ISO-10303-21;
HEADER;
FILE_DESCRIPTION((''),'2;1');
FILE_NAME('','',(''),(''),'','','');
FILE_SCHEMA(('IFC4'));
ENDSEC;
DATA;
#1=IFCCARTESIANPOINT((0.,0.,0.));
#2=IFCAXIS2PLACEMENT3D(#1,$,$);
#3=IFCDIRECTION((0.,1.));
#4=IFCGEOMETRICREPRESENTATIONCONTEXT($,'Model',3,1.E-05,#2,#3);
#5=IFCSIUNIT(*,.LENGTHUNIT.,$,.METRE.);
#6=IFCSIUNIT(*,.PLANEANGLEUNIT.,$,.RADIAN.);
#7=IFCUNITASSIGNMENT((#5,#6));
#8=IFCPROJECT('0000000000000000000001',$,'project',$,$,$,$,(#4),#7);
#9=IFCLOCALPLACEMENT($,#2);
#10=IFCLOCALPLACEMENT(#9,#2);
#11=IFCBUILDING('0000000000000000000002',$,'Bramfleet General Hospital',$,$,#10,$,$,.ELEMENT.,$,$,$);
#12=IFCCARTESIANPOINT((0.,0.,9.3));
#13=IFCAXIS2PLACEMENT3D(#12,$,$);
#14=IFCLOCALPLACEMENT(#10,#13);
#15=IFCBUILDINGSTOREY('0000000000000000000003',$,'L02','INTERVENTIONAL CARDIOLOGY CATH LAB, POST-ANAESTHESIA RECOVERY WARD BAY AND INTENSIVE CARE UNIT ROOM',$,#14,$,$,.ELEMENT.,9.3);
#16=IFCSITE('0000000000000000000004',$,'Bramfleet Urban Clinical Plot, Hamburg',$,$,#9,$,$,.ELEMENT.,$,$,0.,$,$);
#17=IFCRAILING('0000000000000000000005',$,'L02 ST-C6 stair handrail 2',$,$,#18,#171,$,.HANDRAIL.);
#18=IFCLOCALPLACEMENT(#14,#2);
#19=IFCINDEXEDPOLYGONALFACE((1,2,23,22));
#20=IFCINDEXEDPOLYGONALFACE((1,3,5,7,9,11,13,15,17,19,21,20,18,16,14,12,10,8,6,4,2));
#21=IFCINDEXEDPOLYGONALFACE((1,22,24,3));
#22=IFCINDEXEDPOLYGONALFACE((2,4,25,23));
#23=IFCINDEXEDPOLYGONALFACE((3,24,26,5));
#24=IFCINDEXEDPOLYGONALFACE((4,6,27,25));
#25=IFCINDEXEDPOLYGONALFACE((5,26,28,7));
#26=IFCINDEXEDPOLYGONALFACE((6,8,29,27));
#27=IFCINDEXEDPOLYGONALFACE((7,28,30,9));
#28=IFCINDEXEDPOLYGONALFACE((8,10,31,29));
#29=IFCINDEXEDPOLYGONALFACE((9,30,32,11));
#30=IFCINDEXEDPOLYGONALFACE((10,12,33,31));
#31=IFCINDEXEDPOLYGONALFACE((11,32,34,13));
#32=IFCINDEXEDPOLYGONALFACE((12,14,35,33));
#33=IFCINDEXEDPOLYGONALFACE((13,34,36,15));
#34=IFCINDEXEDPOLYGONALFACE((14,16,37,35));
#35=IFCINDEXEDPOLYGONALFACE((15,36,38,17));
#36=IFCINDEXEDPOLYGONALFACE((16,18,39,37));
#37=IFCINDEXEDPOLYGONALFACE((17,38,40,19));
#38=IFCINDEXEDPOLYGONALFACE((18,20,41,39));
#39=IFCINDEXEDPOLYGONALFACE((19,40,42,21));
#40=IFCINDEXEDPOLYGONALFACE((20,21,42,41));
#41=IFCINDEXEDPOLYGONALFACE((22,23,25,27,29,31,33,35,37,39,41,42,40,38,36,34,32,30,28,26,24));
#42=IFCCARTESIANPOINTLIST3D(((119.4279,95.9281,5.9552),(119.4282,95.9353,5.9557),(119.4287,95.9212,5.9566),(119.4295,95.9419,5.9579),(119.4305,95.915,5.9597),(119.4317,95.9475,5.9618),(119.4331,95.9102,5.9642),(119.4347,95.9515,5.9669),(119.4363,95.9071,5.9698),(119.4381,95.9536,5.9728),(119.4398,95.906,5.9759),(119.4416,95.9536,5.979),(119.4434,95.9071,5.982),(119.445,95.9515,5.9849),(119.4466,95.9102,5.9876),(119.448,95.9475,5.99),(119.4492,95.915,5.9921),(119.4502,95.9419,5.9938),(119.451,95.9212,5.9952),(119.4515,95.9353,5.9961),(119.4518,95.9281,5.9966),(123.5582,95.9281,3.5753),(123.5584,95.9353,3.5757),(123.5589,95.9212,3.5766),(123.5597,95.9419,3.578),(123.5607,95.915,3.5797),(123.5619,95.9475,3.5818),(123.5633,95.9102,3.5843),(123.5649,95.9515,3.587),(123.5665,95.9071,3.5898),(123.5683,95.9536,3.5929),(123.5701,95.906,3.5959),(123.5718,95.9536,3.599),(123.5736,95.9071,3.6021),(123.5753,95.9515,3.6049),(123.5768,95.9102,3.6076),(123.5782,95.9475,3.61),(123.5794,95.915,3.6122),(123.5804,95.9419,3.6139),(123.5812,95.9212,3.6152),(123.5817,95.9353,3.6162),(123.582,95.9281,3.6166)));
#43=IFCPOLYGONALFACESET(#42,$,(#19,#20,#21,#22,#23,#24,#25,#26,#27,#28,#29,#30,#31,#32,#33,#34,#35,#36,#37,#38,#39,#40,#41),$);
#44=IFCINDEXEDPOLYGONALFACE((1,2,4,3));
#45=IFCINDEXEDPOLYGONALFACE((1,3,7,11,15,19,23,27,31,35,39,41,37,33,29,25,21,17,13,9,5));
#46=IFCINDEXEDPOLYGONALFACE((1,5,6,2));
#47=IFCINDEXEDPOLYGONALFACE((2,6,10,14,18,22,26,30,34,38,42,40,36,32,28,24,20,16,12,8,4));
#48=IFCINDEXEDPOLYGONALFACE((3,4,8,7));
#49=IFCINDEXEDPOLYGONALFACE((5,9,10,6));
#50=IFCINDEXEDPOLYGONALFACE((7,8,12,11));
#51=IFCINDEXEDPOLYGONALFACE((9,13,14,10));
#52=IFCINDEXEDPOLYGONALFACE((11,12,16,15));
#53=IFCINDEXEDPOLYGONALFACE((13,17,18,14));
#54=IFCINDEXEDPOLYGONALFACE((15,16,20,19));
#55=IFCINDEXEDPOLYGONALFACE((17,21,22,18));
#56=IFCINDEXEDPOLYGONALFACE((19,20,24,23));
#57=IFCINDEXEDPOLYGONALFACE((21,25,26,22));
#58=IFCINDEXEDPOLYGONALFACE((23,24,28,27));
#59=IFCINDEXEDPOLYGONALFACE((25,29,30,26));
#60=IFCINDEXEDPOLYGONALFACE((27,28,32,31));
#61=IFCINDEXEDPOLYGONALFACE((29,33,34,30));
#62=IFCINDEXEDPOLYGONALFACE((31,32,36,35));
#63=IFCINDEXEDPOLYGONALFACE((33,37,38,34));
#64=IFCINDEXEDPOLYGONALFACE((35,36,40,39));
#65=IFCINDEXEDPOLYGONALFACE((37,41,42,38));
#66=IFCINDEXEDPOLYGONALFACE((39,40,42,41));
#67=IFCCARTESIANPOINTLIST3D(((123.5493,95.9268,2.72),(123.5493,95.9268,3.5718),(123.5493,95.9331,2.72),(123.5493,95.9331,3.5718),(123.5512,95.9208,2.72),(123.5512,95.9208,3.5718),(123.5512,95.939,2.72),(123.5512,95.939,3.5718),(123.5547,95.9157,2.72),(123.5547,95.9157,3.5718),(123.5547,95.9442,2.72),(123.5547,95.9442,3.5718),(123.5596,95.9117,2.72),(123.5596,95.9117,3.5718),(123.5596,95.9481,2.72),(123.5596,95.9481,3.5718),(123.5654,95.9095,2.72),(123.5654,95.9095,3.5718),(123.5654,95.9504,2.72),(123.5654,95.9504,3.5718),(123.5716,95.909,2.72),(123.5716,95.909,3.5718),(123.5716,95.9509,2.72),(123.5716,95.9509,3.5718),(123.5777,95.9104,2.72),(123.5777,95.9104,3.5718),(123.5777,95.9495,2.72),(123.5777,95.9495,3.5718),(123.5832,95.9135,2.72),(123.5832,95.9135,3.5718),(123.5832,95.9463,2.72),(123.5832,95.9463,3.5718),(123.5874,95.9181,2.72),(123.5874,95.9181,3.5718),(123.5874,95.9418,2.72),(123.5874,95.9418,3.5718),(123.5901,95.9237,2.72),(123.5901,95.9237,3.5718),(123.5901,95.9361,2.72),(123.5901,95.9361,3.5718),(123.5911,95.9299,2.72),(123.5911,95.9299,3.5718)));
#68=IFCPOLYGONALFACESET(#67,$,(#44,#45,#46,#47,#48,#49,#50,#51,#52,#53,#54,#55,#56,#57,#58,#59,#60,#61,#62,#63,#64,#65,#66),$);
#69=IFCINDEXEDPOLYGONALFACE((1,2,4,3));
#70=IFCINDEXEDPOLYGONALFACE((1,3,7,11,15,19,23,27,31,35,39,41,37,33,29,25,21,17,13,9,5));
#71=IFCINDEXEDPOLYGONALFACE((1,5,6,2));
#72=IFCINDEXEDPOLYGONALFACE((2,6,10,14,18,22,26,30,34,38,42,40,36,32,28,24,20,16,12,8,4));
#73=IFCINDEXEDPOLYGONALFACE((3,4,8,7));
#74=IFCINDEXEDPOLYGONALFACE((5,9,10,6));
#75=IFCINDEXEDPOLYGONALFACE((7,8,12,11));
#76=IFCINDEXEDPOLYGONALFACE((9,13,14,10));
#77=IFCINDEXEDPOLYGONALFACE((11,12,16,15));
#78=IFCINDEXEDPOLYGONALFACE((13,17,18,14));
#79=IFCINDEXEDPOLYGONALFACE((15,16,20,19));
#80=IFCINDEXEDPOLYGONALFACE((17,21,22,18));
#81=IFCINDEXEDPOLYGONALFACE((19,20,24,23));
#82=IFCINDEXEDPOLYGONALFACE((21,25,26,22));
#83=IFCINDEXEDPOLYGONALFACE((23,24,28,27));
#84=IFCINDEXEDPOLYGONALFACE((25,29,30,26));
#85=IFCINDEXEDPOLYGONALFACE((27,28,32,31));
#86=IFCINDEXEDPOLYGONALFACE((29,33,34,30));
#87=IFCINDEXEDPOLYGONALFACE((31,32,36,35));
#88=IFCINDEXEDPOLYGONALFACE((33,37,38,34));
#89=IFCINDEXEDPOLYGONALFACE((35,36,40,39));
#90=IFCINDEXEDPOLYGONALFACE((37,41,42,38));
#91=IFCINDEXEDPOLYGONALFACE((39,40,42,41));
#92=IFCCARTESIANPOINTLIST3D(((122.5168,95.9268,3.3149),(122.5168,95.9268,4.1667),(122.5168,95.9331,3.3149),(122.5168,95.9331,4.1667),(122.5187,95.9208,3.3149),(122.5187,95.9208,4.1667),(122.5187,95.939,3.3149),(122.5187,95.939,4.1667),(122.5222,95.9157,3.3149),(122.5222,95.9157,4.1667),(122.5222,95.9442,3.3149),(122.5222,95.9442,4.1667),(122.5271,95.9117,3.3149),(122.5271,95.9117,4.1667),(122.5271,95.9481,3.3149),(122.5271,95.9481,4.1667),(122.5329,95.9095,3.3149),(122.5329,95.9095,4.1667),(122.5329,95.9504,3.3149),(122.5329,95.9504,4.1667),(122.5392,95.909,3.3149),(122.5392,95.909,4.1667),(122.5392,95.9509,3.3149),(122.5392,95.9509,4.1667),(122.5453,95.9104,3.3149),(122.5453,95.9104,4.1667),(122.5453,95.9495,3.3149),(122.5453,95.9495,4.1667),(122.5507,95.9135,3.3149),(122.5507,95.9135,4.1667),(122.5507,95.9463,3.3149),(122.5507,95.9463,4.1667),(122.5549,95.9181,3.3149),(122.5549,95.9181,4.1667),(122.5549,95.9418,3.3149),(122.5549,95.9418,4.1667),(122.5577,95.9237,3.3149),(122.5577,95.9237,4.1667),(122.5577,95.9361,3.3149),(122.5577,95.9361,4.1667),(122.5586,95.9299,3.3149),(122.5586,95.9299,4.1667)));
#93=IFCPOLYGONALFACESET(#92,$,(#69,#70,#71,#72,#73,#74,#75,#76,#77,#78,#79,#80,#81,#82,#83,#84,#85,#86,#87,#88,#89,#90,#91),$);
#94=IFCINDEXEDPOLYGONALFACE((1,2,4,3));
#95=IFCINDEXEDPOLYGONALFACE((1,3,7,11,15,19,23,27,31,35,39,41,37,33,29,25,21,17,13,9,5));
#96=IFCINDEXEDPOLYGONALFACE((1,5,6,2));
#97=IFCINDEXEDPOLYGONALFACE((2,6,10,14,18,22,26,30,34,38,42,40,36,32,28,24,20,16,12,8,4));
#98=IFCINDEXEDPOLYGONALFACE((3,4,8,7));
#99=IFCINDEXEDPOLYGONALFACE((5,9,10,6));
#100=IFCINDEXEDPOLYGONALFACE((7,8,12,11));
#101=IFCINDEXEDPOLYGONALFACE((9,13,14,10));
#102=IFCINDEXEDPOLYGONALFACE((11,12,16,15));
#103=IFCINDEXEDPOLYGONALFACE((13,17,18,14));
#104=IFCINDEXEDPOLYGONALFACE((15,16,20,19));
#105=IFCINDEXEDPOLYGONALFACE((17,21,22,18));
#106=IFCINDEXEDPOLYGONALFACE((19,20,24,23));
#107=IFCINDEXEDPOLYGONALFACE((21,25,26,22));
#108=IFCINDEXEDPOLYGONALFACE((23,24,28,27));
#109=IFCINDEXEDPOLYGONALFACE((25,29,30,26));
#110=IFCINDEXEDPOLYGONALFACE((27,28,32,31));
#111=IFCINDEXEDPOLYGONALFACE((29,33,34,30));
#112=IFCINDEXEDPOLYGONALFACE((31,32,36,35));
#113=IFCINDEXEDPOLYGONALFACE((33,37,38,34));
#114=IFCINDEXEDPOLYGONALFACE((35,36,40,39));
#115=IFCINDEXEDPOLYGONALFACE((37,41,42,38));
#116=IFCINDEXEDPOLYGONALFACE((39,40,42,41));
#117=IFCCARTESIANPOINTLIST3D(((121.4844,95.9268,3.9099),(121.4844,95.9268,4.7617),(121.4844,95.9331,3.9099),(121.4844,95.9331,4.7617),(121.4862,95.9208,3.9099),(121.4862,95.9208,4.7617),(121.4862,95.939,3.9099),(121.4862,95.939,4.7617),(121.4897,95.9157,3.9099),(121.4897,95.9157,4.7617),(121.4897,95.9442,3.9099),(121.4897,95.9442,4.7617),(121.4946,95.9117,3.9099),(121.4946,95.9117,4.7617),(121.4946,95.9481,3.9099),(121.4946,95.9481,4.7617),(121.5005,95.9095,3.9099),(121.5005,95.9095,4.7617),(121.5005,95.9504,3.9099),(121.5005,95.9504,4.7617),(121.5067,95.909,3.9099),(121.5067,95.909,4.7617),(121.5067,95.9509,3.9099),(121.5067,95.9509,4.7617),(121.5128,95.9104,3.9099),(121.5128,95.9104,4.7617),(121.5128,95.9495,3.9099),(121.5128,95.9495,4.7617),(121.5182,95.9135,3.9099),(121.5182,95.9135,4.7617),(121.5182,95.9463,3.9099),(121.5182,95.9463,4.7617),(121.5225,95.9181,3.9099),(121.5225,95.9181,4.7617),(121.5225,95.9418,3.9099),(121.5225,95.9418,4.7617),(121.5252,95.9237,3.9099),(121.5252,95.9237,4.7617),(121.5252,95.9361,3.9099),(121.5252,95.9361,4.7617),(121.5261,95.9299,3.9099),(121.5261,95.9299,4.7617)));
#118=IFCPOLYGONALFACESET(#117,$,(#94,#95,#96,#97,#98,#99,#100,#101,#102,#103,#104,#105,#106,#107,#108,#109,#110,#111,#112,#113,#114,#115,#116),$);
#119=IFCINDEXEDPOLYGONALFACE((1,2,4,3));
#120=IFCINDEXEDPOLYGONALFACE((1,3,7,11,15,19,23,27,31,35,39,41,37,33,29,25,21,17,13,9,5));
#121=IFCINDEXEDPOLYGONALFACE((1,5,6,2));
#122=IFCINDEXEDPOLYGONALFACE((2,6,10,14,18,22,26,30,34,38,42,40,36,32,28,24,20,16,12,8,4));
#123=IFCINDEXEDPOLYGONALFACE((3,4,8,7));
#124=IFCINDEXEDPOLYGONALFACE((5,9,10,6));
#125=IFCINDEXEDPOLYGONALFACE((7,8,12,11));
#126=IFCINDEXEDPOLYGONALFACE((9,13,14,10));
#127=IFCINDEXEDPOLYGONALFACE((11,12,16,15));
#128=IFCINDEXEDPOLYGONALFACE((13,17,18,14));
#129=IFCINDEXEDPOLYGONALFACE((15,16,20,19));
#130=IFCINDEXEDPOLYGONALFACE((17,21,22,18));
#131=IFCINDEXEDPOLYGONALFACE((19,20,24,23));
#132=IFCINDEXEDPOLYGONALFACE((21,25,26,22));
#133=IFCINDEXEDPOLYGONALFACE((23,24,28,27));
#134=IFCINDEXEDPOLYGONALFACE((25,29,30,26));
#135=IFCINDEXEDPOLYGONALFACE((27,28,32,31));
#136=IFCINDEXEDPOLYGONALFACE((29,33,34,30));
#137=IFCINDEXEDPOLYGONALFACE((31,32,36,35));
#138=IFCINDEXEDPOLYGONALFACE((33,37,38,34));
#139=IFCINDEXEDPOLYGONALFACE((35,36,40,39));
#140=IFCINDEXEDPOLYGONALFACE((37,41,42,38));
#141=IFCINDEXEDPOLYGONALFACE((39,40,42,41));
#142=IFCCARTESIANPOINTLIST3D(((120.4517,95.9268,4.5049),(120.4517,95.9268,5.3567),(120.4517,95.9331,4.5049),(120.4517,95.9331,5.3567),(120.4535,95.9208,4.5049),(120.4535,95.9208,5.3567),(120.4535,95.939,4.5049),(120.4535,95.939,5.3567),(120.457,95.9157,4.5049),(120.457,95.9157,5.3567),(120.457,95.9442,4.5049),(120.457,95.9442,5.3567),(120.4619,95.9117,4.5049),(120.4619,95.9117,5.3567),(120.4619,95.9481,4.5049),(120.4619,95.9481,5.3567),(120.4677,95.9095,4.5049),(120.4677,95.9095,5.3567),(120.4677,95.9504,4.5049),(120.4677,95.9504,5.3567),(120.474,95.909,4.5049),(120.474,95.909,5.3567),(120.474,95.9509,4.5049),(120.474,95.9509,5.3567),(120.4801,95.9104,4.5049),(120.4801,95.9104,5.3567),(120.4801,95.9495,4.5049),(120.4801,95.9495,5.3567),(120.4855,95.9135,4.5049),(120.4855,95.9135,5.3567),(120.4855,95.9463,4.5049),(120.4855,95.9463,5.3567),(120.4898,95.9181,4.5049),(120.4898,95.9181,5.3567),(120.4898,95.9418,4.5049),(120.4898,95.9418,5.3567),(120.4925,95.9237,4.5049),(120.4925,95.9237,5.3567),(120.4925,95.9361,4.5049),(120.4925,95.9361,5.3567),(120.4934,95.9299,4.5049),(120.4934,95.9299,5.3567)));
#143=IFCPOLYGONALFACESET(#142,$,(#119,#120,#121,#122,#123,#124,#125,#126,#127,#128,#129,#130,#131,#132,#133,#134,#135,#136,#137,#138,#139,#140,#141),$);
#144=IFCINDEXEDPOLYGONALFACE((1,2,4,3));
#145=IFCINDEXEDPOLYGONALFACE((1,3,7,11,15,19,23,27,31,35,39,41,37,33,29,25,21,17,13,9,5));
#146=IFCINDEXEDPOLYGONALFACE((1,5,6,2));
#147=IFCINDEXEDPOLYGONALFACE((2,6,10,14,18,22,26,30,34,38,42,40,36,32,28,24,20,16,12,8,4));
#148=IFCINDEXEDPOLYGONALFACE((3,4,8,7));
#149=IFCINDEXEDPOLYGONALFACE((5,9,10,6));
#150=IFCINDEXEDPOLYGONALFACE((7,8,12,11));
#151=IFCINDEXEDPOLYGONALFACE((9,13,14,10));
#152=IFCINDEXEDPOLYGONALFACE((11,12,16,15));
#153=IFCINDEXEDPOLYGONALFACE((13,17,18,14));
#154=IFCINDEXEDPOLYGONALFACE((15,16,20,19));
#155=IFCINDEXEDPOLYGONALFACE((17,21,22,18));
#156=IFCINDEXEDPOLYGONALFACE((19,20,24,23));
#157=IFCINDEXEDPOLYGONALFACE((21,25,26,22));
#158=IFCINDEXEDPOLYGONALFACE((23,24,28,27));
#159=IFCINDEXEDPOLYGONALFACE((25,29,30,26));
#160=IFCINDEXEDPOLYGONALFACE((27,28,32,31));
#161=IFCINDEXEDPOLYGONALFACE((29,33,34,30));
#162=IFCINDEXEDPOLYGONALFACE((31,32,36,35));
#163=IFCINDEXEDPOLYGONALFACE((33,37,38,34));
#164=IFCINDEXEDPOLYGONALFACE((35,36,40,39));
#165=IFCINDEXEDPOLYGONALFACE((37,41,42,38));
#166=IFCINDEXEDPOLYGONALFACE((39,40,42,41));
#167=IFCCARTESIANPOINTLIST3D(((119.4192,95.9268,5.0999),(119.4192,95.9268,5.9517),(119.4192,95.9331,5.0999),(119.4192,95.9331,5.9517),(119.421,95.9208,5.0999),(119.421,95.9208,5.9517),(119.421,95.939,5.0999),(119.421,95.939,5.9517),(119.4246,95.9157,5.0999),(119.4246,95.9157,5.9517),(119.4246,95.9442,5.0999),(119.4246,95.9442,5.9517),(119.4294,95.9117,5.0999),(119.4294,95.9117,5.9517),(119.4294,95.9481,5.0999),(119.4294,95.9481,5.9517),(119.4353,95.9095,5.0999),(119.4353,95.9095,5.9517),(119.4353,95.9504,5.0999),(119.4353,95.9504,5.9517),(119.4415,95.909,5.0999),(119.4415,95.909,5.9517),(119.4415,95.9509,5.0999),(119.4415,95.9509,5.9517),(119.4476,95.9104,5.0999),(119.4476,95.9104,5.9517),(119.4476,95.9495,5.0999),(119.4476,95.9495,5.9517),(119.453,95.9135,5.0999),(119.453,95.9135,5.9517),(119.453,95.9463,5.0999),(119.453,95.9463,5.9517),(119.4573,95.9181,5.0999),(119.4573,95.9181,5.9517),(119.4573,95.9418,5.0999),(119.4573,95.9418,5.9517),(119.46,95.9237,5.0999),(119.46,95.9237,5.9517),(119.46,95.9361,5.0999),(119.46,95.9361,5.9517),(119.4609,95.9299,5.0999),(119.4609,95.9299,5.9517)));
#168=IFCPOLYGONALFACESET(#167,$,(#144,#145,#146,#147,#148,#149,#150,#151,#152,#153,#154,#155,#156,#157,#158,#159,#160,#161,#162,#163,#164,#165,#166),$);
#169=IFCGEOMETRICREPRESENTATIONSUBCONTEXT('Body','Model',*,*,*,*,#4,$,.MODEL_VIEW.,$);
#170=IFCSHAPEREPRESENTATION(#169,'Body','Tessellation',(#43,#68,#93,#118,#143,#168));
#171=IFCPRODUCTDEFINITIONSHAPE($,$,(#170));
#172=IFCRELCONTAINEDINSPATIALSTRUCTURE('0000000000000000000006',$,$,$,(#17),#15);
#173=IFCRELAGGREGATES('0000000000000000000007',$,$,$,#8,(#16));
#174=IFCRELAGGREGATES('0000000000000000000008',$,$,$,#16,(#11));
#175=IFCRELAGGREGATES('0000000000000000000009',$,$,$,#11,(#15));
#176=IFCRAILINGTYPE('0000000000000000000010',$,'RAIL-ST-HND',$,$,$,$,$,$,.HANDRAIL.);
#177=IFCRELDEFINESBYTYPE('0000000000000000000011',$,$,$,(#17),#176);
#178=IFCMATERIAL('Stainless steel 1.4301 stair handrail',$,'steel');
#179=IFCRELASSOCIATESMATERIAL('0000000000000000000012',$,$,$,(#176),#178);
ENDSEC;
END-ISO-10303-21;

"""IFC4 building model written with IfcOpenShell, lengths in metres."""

from ifc_helpers import new_model, si_unit, direction, frame, origin, origin_2d, place, context, subcontext, project, spatial, circle, extrude, material, type_object, element, save


model = new_model("IFC4")

# Units and contexts
model_context = context("Model", 3, precision=1e-05, world=origin(), true_north=direction((0.0, 1.0)))
body_context = subcontext(model_context, "Body", "Model", "MODEL_VIEW")
ifc_project = project(units=[si_unit("LENGTHUNIT", "METRE"), si_unit("PLANEANGLEUNIT", "RADIAN")], contexts=[model_context])

# Site, building, storey
site_placement = place(None, origin())
site = spatial("IfcSite", under=ifc_project, at=site_placement, Name="Bramfleet Urban Clinical Plot, Hamburg", CompositionType="ELEMENT", RefElevation=0.0)
building_placement = place(site_placement, origin())
building = spatial("IfcBuilding", under=site, at=building_placement, Name="Bramfleet General Hospital", CompositionType="ELEMENT")
storey_placement = place(building_placement, frame((0.0, 0.0, 9.3)))
storey = spatial("IfcBuildingStorey", under=building, at=storey_placement, Name="L02", Description="INTERVENTIONAL CARDIOLOGY CATH LAB, POST-ANAESTHESIA RECOVERY WARD BAY AND INTENSIVE CARE UNIT ROOM", CompositionType="ELEMENT", Elevation=9.3)

# Railing
ifc_material_1 = material(Name="Stainless steel 1.4301 stair handrail", Category="steel")
railing_type = type_object("IfcRailingType", Name="RAIL-ST-HND", PredefinedType="HANDRAIL", material=ifc_material_1)
railing_placement = place(storey_placement, frame((123.5701, 95.9299, 2.72)))
element("IfcRailing", 1, at=railing_placement, inside=storey, type_object=railing_type, Name="L02 ST-C6 stair handrail 2", PredefinedType="HANDRAIL", context=body_context, shape_type="SweptSolid", body=[
    extrude(circle(Radius=0.0239, at=origin_2d()), frame((0.0, 0.0, 0.876), z_axis=(-0.866447, 0.0, 0.499269), x_axis=(0.0, -1.0, 0.0)), (0.0, 0.0, 1.0), 4.7668),
    extrude(circle(Radius=0.021, at=origin_2d()), origin(), (0.0, 0.0, 1.0), 0.8518),
    extrude(circle(Radius=0.021, at=origin_2d()), frame((-1.0325, 0.0, 0.595)), (0.0, 0.0, 1.0), 0.8518),
    extrude(circle(Radius=0.021, at=origin_2d()), frame((-2.0649, 0.0, 1.1899)), (0.0, 0.0, 1.0), 0.8518),
    extrude(circle(Radius=0.021, at=origin_2d()), frame((-3.0977, 0.0, 1.7849)), (0.0, 0.0, 1.0), 0.8518),
    extrude(circle(Radius=0.021, at=origin_2d()), frame((-4.1301, 0.0, 2.3799)), (0.0, 0.0, 1.0), 0.8518),
])

save(model, "model.ifc")
